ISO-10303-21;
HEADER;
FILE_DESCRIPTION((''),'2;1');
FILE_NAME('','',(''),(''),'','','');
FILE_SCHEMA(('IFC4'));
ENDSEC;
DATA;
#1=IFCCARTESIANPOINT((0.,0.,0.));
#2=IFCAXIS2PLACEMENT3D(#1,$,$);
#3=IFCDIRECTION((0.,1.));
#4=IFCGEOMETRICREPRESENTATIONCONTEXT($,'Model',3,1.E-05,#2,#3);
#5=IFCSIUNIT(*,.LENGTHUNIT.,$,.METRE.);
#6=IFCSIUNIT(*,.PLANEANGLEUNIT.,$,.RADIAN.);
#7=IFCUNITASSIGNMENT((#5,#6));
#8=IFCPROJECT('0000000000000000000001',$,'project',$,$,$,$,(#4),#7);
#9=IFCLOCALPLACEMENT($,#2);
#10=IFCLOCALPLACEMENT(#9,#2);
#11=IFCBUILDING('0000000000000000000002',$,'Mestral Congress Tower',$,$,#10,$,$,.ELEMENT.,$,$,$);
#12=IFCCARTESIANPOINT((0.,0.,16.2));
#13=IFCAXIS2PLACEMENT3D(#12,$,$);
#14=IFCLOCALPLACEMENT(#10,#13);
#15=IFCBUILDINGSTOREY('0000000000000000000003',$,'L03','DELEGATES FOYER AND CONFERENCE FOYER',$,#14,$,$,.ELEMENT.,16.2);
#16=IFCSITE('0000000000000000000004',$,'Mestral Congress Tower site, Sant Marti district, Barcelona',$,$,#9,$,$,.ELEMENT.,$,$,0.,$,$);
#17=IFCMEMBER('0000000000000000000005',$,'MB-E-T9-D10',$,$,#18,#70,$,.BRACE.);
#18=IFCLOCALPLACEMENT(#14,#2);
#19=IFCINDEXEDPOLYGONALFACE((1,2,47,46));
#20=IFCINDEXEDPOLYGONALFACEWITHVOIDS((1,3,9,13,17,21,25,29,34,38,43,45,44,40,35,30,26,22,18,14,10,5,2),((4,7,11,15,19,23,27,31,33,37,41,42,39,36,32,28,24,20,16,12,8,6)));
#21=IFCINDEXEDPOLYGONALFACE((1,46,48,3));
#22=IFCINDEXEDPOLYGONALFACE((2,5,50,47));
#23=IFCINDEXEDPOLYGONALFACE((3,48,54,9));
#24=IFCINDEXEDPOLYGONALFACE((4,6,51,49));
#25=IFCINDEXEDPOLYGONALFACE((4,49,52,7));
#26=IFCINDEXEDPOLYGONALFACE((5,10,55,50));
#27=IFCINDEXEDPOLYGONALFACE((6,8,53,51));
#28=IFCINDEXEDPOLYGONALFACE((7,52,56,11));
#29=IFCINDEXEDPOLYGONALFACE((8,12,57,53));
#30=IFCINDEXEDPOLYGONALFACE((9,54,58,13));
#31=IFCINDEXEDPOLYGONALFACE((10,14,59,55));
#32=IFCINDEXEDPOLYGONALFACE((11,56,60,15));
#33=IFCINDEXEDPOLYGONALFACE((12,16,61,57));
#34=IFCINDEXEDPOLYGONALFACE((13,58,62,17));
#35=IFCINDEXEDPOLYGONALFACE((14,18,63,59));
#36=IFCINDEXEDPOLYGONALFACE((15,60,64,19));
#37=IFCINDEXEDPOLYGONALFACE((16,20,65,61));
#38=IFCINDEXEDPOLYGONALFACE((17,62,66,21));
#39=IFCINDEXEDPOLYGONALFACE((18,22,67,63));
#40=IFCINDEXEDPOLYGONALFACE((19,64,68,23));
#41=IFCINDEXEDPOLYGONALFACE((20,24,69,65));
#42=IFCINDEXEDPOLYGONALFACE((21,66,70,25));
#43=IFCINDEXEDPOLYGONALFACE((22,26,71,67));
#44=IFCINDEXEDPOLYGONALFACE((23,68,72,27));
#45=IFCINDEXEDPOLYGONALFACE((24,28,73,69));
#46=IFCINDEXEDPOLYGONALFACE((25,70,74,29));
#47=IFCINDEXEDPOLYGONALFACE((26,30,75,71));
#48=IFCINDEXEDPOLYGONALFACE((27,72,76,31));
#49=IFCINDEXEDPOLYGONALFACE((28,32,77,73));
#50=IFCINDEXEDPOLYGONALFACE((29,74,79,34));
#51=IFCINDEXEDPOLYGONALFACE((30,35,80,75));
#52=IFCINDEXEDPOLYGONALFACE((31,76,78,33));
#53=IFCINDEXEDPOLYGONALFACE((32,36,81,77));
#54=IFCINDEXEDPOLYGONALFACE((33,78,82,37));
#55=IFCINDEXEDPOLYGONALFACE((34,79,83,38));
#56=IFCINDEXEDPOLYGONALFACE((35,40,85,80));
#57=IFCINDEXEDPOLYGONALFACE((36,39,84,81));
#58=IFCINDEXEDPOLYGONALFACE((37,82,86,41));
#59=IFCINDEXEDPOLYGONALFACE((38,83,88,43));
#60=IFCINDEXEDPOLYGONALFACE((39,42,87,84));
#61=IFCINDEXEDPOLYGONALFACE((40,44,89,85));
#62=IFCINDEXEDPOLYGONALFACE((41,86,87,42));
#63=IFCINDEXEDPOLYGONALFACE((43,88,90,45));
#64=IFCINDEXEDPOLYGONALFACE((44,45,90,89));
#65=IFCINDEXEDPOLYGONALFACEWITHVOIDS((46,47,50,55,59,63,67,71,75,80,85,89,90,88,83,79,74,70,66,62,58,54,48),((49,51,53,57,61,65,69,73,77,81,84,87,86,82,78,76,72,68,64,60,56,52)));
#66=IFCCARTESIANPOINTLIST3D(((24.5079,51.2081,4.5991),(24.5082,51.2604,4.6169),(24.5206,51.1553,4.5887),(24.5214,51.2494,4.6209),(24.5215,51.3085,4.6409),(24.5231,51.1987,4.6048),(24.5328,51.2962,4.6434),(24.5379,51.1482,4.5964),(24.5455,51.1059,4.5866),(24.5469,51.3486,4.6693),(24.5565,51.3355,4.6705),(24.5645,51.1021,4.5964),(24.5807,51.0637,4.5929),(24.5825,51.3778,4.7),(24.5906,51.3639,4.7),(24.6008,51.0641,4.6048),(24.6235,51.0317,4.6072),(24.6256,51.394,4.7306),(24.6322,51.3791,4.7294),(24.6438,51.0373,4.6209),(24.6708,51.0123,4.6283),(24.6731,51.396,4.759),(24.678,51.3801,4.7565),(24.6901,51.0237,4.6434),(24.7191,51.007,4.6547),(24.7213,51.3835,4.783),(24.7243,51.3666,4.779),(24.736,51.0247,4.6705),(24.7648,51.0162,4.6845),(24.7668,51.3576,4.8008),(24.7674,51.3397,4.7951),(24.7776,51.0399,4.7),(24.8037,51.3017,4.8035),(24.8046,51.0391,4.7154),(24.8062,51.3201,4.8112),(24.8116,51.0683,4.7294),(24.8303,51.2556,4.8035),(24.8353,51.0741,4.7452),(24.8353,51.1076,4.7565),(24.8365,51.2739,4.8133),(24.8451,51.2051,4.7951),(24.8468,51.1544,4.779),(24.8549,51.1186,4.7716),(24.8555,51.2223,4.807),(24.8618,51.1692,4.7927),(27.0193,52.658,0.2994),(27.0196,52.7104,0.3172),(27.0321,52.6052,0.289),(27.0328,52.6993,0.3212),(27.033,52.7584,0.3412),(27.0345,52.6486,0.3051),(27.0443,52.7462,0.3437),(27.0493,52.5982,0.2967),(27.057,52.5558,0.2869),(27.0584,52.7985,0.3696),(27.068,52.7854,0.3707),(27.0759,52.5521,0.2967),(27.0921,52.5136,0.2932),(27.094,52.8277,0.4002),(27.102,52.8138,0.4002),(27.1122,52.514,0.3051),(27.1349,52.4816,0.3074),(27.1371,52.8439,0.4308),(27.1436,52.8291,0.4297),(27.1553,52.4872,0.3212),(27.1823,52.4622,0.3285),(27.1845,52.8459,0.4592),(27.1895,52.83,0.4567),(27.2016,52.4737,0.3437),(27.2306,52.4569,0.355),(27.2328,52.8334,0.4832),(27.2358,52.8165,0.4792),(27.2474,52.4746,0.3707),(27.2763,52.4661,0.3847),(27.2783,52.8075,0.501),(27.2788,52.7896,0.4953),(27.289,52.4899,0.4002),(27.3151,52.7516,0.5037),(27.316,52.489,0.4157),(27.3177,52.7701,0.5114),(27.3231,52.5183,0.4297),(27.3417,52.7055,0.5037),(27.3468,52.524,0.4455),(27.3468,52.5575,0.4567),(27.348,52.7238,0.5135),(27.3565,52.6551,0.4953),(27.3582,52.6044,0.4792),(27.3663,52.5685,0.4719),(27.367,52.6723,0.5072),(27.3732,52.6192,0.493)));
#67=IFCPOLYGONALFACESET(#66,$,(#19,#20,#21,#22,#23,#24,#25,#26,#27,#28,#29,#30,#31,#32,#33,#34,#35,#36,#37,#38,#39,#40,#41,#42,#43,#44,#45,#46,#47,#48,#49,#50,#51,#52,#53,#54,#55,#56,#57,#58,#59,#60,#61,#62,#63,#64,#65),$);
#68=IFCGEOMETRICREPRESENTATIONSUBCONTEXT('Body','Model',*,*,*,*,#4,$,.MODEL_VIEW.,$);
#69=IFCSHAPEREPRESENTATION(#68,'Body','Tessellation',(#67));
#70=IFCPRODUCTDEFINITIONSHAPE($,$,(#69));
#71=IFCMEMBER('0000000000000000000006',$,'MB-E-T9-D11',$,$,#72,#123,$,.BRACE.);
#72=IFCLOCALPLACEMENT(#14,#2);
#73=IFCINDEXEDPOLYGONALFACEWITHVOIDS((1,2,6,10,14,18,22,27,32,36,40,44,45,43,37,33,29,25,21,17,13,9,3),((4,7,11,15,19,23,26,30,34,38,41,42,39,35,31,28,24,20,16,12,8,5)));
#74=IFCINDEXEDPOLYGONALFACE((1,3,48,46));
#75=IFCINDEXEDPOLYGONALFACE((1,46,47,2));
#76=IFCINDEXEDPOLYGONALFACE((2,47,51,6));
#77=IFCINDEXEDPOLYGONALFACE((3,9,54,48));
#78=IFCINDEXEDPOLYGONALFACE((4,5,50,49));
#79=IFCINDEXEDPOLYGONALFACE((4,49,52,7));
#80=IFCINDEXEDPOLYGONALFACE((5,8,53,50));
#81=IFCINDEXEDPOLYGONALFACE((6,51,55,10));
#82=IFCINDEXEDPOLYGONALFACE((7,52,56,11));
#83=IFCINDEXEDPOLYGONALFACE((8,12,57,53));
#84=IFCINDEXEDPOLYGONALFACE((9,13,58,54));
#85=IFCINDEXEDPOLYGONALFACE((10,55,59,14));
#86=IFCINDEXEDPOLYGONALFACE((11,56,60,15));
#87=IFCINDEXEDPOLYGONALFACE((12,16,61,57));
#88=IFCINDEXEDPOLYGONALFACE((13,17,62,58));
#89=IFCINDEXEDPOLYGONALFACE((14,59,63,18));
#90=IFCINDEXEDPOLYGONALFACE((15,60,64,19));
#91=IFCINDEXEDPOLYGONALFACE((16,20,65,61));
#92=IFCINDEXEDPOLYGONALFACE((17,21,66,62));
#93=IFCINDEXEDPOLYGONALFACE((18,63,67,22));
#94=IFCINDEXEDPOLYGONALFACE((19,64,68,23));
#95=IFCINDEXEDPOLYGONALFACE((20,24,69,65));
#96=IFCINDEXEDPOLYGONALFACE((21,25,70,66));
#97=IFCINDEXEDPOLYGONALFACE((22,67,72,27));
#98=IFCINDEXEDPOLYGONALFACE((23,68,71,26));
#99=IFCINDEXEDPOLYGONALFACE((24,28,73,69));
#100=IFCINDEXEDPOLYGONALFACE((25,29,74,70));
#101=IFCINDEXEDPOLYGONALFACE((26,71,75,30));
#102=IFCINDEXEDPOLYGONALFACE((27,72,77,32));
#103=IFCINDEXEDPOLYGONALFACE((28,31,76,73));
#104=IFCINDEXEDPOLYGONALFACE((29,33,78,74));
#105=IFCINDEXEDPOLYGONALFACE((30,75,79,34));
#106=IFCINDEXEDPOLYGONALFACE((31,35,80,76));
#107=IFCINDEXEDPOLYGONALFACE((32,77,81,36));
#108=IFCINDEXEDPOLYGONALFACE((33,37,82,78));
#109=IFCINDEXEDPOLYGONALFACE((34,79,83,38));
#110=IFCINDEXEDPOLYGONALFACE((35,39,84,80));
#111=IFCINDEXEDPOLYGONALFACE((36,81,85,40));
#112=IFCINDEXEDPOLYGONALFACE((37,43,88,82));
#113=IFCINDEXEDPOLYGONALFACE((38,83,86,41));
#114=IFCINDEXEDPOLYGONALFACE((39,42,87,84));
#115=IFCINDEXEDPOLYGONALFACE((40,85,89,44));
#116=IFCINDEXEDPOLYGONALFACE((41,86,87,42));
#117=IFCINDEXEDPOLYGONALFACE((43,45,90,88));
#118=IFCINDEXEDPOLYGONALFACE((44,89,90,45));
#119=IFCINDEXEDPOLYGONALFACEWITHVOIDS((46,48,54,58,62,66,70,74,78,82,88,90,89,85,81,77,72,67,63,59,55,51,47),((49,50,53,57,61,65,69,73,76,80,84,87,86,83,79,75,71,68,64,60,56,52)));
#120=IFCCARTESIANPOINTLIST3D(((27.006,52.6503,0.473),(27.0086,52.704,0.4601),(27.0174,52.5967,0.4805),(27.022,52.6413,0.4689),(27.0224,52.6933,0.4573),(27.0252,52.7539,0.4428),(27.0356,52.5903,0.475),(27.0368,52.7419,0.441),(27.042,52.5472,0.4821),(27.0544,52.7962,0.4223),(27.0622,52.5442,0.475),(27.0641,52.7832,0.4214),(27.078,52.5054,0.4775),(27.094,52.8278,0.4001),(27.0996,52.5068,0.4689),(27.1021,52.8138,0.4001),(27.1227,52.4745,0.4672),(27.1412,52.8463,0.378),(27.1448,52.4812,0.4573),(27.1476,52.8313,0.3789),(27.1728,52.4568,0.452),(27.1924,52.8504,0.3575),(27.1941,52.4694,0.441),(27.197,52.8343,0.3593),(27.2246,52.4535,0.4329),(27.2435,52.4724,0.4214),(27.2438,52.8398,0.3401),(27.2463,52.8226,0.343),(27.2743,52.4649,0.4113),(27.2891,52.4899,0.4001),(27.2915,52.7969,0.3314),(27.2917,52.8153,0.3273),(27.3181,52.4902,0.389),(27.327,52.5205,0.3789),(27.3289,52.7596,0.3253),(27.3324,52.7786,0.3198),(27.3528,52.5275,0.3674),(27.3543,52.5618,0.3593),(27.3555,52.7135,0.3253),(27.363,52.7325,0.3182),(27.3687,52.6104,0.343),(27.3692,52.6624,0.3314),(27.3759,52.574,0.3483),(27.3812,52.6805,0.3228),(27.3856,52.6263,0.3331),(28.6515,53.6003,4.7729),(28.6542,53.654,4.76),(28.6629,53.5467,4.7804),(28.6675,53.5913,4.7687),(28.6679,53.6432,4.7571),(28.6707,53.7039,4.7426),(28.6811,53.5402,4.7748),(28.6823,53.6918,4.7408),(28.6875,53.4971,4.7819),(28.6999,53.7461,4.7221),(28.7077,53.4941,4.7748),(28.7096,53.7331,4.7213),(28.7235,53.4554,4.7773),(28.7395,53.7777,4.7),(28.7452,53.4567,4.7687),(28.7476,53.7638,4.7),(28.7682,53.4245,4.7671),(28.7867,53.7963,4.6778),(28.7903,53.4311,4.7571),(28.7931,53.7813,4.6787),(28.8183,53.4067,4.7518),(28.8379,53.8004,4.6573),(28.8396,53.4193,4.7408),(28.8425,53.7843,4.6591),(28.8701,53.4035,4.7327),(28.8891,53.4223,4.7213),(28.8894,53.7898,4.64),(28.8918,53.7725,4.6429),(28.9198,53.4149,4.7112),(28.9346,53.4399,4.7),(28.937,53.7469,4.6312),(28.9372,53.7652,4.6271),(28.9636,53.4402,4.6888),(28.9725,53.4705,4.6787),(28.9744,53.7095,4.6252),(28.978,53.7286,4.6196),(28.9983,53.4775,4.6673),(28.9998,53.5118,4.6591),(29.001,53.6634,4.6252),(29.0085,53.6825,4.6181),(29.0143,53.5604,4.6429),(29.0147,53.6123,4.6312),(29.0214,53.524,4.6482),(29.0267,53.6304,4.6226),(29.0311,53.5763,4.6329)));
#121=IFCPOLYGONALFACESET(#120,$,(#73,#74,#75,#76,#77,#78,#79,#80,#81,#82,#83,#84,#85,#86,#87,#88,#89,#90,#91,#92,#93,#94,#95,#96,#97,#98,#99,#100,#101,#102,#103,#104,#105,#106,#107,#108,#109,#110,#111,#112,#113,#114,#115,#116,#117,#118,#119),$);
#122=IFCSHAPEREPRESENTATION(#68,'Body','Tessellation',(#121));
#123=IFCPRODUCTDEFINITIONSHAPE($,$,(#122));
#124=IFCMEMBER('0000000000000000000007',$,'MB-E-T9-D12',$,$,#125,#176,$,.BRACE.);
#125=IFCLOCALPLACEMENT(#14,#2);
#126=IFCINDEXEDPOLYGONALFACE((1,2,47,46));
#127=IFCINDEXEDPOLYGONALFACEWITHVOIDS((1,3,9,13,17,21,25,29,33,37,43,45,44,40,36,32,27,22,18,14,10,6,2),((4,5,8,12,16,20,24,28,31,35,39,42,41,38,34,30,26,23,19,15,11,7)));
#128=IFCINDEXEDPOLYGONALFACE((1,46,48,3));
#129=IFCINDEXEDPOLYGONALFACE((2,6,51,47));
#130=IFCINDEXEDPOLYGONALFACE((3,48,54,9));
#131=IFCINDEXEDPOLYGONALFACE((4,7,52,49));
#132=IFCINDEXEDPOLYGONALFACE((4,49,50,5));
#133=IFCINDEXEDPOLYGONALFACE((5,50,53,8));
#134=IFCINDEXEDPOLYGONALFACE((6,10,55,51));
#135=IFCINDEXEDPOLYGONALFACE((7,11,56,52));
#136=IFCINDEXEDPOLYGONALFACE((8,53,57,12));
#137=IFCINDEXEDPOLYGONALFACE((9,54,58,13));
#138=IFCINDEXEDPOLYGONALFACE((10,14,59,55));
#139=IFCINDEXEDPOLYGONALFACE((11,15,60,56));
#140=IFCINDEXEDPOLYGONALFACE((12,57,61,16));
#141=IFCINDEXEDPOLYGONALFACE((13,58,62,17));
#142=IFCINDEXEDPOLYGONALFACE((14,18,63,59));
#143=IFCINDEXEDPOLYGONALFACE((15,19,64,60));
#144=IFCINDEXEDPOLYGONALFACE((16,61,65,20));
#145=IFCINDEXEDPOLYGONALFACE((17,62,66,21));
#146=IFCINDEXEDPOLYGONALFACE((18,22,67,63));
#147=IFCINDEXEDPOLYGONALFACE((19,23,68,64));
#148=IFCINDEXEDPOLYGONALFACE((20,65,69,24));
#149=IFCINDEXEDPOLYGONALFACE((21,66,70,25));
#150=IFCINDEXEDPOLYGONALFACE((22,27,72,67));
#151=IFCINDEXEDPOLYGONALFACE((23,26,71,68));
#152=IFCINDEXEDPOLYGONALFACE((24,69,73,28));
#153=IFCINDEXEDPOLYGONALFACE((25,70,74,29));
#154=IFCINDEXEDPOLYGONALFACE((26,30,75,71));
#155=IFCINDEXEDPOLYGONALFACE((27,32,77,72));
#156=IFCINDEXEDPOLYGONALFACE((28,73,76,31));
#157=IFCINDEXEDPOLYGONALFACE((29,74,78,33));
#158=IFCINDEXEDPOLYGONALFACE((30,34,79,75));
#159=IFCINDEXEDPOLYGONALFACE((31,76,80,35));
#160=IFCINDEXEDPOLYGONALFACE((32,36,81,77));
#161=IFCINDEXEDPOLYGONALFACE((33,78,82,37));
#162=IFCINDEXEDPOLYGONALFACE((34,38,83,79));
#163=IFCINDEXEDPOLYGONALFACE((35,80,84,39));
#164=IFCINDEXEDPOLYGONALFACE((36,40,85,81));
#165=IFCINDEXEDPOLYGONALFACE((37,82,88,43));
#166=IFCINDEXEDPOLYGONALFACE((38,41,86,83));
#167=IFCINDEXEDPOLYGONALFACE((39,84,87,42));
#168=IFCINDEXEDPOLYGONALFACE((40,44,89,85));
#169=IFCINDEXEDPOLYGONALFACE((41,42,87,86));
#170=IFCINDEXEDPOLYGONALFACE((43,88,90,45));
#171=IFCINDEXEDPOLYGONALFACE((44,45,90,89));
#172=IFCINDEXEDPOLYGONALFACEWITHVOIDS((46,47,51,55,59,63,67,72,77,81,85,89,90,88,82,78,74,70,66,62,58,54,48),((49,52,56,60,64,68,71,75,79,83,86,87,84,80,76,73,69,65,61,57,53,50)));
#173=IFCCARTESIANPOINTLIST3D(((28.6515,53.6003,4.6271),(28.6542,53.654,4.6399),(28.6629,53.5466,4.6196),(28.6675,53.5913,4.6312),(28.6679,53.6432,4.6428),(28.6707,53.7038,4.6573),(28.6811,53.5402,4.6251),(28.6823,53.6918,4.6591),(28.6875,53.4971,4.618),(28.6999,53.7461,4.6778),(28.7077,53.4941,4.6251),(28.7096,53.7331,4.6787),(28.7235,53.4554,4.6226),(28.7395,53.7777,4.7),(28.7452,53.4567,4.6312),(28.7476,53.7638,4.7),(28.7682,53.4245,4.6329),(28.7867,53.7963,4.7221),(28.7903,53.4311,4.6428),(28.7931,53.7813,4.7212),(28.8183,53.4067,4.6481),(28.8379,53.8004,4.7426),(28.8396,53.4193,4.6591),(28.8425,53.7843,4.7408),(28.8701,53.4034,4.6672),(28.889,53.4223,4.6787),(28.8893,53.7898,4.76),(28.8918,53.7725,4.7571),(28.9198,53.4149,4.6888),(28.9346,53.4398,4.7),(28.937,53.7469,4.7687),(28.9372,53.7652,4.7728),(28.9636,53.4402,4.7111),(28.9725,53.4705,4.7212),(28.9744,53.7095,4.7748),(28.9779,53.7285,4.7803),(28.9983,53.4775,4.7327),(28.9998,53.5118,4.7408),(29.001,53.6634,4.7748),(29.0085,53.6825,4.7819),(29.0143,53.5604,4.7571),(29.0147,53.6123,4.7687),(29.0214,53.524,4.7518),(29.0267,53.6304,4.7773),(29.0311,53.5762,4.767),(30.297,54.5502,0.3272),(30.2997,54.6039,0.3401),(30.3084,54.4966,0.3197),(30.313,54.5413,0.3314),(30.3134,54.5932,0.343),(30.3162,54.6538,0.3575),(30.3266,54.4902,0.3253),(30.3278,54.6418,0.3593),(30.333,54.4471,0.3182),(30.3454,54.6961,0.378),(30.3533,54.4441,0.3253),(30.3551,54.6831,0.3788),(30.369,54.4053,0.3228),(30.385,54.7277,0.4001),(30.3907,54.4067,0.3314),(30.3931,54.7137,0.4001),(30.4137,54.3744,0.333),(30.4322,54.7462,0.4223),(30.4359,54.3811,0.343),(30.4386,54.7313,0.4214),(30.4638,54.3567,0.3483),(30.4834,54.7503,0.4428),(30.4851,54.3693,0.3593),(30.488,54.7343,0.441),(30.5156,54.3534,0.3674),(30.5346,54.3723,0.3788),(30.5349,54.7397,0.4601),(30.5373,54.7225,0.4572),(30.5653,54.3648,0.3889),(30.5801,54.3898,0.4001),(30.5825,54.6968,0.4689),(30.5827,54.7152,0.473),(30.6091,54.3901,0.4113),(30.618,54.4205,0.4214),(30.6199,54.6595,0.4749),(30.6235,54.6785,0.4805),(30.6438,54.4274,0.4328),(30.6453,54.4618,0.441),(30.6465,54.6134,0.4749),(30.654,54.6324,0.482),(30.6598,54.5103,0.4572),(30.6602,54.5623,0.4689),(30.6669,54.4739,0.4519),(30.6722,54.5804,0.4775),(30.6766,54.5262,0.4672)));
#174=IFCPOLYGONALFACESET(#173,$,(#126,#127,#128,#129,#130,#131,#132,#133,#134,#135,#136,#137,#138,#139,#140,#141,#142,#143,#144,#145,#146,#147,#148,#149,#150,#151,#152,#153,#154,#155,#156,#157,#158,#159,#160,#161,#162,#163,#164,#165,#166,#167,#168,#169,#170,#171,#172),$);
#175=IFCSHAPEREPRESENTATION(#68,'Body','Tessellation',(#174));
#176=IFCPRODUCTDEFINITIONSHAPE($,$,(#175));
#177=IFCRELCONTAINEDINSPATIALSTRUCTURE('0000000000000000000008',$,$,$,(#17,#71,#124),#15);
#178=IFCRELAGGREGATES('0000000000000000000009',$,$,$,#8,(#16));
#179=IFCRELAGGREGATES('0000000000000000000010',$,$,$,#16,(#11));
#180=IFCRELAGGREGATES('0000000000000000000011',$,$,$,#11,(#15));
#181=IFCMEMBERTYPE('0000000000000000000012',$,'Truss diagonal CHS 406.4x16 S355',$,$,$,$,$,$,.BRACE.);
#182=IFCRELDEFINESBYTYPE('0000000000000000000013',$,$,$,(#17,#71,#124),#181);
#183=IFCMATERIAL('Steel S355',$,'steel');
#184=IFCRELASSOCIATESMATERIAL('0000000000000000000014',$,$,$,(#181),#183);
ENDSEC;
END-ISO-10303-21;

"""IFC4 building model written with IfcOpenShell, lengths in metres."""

from ifc_helpers import new_model, si_unit, direction, frame, origin, origin_2d, place, context, subcontext, project, spatial, hollow_circle, extrude, material, material_profile, profile_set, type_object, element, save


model = new_model("IFC4")

# Units and contexts
model_context = context("Model", 3, precision=1e-05, world=origin(), true_north=direction((0.0, 1.0)))
body_context = subcontext(model_context, "Body", "Model", "MODEL_VIEW")
ifc_project = project(units=[si_unit("LENGTHUNIT", "METRE"), si_unit("PLANEANGLEUNIT", "RADIAN")], contexts=[model_context])

# Site, building, storey
site_placement = place(None, origin())
site = spatial("IfcSite", under=ifc_project, at=site_placement, Name="Mestral Congress Tower site, Sant Marti district, Barcelona", CompositionType="ELEMENT", RefElevation=0.0)
building_placement = place(site_placement, origin())
building = spatial("IfcBuilding", under=site, at=building_placement, Name="Mestral Congress Tower", CompositionType="ELEMENT")
storey_placement = place(building_placement, frame((0.0, 0.0, 16.2)))
storey = spatial("IfcBuildingStorey", under=building, at=storey_placement, Name="L03", Description="DELEGATES FOYER AND CONFERENCE FOYER", CompositionType="ELEMENT", Elevation=16.2)

# Shared definitions
ifc_material_1 = material(Name="Steel S355", Category="steel")

# Members
ifc_material_profile_1 = material_profile(ifc_material_1, hollow_circle(Radius=0.2031, WallThickness=0.0161, at=origin_2d()), Name="CHS 406.4x16")
ifc_profile_set_1 = profile_set([ifc_material_profile_1], Name="Steel S355")
member_type_1 = type_object("IfcMemberType", Name="Truss diagonal CHS 406.4x16 S355", PredefinedType="BRACE", material=ifc_profile_set_1)
member_1_placement = place(storey_placement, frame((24.6841, 51.2019, 4.7), z_axis=(0.484247, 0.279571, -0.829062), x_axis=(-0.499987, 0.866033, 0.0)))
element("IfcMember", 1, at=member_1_placement, inside=storey, type_object=member_type_1, Name="MB-E-T9-D10", PredefinedType="BRACE", context=body_context, shape_type="SweptSolid", body=[
    extrude(hollow_circle(Radius=0.2031, WallThickness=0.0161, at=origin_2d()), origin(), (0.0, 0.0, 1.0), 5.1863),
])
for number, where, z_axis, x_axis, name in (
    (2, (27.1956, 52.6519, 0.4001), (0.350041, 0.202079, 0.914678), (-0.499967, 0.866044, 0.0), "MB-E-T9-D11"),
    (3, (28.8411, 53.6018, 4.7), (0.350041, 0.202079, -0.914678), (-0.499967, 0.866044, 0.0), "MB-E-T9-D12"),
):
    element("IfcMember", number, at=place(storey_placement, frame(where, z_axis=z_axis, x_axis=x_axis)), inside=storey, type_object=member_type_1, Name=name, PredefinedType="BRACE", context=body_context, shape_type="SweptSolid", body=[
        extrude(hollow_circle(Radius=0.2031, WallThickness=0.0161, at=origin_2d()), origin(), (0.0, 0.0, 1.0), 4.7009),
    ])

save(model, "model.ifc")
